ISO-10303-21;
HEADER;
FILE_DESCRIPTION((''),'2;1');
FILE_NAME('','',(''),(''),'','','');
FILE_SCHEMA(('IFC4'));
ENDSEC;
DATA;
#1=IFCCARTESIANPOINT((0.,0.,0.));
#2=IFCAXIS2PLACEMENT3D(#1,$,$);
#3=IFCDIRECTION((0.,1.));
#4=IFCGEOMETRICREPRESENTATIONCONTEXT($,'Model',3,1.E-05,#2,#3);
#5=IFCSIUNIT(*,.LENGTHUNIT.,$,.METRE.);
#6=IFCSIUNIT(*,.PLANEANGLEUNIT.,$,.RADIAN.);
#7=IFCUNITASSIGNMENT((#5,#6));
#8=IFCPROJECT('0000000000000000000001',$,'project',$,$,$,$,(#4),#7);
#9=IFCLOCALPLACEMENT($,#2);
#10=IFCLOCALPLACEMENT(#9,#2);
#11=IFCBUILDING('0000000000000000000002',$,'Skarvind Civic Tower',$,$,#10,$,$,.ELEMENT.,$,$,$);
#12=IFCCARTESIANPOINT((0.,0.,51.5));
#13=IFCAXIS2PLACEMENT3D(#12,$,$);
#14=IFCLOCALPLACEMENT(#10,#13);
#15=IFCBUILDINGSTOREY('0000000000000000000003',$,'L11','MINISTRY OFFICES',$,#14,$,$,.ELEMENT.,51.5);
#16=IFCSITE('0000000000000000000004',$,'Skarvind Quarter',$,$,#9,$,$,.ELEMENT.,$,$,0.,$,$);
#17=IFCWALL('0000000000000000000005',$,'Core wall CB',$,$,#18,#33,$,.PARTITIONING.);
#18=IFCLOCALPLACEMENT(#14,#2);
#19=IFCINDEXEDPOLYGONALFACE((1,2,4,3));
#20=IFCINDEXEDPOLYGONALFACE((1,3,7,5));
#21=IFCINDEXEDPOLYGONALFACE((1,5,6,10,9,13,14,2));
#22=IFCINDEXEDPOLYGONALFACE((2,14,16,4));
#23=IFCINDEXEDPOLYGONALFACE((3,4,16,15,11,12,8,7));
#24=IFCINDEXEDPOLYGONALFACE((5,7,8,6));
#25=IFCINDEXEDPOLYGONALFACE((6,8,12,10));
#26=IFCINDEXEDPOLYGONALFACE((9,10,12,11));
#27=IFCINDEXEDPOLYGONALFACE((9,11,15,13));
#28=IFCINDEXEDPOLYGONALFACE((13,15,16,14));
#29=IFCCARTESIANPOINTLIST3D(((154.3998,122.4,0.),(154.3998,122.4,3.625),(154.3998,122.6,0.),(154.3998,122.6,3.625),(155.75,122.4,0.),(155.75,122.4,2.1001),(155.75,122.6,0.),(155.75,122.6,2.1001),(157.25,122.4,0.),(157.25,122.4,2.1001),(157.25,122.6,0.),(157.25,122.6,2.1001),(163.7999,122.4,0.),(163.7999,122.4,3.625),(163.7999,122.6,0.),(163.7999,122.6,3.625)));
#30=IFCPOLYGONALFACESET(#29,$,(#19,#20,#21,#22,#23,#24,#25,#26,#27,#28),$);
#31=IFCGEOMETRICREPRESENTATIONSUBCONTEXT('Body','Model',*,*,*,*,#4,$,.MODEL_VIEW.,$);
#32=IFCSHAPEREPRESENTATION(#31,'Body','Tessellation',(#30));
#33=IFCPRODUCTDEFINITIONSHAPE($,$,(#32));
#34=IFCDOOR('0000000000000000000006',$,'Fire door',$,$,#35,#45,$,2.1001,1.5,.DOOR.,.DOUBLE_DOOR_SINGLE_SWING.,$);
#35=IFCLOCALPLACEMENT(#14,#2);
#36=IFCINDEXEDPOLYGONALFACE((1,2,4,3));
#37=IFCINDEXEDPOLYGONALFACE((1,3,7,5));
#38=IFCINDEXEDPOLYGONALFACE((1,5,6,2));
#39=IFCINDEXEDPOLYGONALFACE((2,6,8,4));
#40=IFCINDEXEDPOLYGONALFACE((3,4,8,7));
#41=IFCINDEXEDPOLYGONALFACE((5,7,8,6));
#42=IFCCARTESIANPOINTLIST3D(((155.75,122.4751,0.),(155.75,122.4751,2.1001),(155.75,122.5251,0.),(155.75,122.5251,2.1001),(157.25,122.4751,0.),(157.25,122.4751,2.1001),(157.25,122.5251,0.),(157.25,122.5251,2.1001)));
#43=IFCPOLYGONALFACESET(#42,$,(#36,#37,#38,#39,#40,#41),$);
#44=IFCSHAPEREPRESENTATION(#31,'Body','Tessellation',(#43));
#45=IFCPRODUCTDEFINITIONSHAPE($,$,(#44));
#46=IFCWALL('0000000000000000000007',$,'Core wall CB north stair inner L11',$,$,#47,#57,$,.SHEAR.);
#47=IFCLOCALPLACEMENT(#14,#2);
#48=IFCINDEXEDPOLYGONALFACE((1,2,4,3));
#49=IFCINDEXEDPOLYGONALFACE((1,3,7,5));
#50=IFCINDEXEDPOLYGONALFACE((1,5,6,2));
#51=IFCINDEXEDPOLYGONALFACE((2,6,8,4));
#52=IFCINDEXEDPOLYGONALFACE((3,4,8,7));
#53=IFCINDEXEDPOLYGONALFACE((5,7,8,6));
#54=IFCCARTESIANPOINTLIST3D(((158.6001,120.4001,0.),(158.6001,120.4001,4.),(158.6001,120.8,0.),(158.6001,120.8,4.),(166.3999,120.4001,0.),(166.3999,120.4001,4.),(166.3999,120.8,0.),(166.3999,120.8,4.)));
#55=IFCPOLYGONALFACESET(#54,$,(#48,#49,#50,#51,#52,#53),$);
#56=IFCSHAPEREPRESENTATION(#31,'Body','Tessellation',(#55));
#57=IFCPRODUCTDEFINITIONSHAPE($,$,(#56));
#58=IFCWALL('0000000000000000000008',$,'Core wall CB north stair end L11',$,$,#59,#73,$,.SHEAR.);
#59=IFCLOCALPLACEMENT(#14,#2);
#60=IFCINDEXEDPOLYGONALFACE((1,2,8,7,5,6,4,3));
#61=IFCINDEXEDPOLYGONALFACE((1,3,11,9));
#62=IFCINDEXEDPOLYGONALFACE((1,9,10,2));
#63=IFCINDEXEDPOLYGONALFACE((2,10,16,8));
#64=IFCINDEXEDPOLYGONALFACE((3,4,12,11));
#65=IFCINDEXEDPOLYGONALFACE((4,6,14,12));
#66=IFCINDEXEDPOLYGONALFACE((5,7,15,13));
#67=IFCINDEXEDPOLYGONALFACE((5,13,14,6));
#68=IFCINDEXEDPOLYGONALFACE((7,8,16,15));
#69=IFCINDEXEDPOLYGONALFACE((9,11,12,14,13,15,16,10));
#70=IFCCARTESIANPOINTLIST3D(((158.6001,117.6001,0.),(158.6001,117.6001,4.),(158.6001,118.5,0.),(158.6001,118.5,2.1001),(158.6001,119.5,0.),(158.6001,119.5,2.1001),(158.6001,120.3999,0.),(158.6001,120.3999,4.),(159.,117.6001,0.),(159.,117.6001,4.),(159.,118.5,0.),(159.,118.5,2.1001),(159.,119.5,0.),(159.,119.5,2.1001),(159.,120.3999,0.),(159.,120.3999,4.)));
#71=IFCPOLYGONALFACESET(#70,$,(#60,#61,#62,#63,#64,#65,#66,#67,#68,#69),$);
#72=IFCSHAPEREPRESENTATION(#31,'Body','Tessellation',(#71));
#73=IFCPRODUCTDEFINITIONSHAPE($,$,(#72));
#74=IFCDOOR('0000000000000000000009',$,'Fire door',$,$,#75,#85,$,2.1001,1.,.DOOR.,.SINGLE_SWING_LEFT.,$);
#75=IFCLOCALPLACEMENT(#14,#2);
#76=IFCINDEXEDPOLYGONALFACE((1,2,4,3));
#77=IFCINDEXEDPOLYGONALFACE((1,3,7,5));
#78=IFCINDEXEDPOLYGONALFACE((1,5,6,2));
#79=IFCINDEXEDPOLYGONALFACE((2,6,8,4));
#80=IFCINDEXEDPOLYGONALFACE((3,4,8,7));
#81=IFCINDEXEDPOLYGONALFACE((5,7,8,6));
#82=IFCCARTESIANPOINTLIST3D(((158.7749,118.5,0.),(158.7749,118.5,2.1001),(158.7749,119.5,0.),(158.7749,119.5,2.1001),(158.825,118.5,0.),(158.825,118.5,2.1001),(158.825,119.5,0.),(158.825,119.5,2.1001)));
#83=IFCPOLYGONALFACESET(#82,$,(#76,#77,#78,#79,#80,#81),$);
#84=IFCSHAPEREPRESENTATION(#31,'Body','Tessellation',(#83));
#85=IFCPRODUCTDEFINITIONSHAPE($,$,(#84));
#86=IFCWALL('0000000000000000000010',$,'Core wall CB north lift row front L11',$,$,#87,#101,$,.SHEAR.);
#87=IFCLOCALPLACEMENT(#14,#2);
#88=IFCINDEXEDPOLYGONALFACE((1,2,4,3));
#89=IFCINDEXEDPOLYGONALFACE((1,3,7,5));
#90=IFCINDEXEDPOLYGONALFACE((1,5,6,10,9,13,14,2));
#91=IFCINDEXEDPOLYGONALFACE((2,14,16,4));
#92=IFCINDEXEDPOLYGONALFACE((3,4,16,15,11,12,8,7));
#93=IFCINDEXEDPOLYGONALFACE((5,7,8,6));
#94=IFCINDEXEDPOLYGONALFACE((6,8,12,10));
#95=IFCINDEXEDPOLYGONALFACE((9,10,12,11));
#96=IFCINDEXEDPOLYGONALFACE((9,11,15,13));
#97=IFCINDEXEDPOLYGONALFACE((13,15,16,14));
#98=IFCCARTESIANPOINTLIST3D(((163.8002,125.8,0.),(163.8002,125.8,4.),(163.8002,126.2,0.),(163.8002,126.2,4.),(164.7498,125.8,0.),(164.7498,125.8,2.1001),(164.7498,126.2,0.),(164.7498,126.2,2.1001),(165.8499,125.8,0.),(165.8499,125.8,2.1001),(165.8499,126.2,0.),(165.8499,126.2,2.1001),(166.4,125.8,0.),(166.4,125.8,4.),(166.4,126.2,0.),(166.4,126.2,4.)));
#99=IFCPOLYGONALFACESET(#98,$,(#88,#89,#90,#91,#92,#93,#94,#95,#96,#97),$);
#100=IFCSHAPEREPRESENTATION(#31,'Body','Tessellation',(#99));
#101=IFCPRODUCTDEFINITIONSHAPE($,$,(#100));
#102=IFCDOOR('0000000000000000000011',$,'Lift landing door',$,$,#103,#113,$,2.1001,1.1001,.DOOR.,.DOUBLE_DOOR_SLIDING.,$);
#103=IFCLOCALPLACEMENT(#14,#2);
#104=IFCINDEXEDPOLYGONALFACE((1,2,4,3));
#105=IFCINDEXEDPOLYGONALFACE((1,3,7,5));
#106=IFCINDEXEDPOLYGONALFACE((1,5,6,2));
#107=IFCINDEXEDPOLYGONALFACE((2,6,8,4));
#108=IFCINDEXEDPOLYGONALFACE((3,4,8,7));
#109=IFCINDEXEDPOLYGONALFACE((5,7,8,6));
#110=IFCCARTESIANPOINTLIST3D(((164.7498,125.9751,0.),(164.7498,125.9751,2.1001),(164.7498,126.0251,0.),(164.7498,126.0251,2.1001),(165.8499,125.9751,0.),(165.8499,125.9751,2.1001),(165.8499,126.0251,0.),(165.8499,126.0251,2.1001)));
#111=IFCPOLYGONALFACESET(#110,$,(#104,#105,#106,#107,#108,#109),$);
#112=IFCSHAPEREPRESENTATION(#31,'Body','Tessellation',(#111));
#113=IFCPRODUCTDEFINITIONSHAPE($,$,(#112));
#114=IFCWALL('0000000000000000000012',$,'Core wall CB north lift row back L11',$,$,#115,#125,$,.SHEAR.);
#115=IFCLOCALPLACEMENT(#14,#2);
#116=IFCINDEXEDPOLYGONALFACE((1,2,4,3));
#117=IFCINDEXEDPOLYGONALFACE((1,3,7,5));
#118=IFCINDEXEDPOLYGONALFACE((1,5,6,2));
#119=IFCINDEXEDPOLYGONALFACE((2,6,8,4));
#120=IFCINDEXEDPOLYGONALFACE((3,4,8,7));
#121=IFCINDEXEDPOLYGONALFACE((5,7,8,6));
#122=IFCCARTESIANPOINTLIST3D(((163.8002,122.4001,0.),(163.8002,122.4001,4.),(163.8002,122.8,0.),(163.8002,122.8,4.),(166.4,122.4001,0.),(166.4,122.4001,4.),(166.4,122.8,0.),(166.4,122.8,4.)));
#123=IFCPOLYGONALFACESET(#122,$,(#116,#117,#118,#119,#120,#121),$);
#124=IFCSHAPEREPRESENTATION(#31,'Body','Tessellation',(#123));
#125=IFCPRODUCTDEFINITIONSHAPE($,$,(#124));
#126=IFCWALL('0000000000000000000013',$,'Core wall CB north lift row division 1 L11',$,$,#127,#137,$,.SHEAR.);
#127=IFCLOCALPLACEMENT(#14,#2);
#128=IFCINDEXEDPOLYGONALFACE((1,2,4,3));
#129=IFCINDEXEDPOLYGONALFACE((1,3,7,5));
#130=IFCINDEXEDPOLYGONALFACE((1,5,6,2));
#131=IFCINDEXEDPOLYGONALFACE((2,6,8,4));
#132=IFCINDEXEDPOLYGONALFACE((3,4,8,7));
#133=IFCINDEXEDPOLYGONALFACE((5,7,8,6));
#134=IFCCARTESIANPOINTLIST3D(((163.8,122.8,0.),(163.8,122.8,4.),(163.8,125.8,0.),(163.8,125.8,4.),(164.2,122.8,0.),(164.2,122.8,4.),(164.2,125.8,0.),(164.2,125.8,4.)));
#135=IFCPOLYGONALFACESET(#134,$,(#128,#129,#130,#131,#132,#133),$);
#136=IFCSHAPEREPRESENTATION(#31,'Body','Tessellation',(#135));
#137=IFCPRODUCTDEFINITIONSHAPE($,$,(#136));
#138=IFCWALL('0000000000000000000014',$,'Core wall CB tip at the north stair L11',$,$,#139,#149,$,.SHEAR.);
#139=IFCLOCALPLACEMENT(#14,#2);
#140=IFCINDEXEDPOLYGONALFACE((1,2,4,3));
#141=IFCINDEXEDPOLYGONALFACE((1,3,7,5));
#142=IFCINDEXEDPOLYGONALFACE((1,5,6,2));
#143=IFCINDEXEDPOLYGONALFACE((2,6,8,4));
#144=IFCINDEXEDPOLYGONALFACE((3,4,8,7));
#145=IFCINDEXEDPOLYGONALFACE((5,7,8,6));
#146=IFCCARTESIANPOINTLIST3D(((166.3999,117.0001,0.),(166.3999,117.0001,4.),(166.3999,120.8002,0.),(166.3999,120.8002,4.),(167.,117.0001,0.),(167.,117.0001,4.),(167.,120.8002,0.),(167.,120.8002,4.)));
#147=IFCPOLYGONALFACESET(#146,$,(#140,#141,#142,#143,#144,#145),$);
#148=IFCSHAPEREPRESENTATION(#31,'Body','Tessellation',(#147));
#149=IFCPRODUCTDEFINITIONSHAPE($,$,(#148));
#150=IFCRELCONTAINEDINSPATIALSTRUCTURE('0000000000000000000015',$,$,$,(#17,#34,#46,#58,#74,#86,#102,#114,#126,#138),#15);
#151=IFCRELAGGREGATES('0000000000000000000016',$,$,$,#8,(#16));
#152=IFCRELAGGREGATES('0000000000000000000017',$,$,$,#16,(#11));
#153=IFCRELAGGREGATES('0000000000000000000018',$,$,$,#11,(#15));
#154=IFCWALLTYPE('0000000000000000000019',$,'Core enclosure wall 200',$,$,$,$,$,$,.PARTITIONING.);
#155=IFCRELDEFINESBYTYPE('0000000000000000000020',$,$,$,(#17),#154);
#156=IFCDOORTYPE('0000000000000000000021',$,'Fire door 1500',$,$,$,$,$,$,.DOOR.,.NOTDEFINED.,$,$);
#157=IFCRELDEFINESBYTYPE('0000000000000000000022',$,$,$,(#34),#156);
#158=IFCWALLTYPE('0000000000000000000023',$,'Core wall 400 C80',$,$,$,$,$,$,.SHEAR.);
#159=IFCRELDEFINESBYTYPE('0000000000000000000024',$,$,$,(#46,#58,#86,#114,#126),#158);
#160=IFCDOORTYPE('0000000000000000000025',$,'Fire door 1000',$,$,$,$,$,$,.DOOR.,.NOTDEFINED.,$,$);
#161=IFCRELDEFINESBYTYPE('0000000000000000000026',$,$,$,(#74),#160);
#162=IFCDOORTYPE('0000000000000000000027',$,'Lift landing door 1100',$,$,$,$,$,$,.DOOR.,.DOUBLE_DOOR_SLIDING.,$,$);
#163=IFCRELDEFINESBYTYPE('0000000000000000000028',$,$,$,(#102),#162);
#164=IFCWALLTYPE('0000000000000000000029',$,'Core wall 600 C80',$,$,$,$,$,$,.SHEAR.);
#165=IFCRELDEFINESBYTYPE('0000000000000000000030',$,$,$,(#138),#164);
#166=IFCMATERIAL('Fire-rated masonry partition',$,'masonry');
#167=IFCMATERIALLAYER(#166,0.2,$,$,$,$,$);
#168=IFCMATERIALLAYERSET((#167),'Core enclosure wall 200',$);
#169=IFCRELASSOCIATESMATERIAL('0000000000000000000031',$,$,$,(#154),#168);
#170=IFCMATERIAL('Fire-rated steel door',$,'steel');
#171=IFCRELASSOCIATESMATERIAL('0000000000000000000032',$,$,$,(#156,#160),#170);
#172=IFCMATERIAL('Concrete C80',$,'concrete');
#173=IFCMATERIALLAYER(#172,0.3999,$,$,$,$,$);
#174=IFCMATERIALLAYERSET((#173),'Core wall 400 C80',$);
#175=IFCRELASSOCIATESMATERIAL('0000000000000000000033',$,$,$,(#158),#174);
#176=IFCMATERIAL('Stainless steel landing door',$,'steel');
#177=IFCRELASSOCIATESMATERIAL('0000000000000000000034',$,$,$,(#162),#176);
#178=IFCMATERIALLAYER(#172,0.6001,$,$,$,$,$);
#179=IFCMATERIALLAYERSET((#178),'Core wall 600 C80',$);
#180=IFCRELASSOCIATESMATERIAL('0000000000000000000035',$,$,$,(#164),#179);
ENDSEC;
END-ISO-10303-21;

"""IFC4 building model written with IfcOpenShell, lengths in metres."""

from ifc_helpers import new_model, si_unit, direction, frame, frame_2d, origin, place, context, subcontext, project, spatial, rectangle, extrude, material, layer, layer_set, type_object, element, fill, save


model = new_model("IFC4")

# Units and contexts
model_context = context("Model", 3, precision=1e-05, world=origin(), true_north=direction((0.0, 1.0)))
body_context = subcontext(model_context, "Body", "Model", "MODEL_VIEW")
ifc_project = project(units=[si_unit("LENGTHUNIT", "METRE"), si_unit("PLANEANGLEUNIT", "RADIAN")], contexts=[model_context])

# Site, building, storey
site_placement = place(None, origin())
site = spatial("IfcSite", under=ifc_project, at=site_placement, Name="Skarvind Quarter", CompositionType="ELEMENT", RefElevation=0.0)
building_placement = place(site_placement, origin())
building = spatial("IfcBuilding", under=site, at=building_placement, Name="Skarvind Civic Tower", CompositionType="ELEMENT")
storey_placement = place(building_placement, frame((0.0, 0.0, 51.5)))
storey = spatial("IfcBuildingStorey", under=building, at=storey_placement, Name="L11", Description="MINISTRY OFFICES", CompositionType="ELEMENT", Elevation=51.5)

# Wall, opening, door
ifc_material_1 = material(Name="Fire-rated masonry partition", Category="masonry")
ifc_layer_1 = layer(ifc_material_1, 0.2)
ifc_layer_set_1 = layer_set([ifc_layer_1], Name="Core enclosure wall 200")
wall_type_1 = type_object("IfcWallType", Name="Core enclosure wall 200", PredefinedType="PARTITIONING", material=ifc_layer_set_1)
wall_1_placement = place(storey_placement, frame((163.8, 122.5, 0.0), z_axis=(0.0, 0.0, 1.0), x_axis=(-1.0, 0.0, 0.0)))
wall_1 = element("IfcWall", 1, at=wall_1_placement, inside=storey, type_object=wall_type_1, Name="Core wall CB", PredefinedType="PARTITIONING", context=body_context, shape_type="SweptSolid", body=[
    extrude(rectangle(XDim=9.4001, YDim=0.2, at=frame_2d((4.7002, 0.0))), origin(), (0.0, 0.0, 1.0), 3.625),
])
opening_1_placement = place(wall_1_placement, frame((6.55, 0.0, 0.0)))
opening_1 = element("IfcOpeningElement", 2, at=opening_1_placement, cuts=wall_1, PredefinedType="OPENING", context=body_context, shape_type="SweptSolid", body=[
    extrude(rectangle(XDim=1.5, YDim=2.1001, at=frame_2d((0.75, 1.05))), frame((0.0, 0.1099, 0.0), z_axis=(0.0, -1.0, 0.0), x_axis=(1.0, 0.0, 0.0)), (0.0, 0.0, 1.0), 0.22),
])
ifc_material_2 = material(Name="Fire-rated steel door", Category="steel")
door_type_1 = type_object("IfcDoorType", Name="Fire door 1500", OperationType="NOTDEFINED", PredefinedType="DOOR", material=ifc_material_2)
door_1_placement = place(opening_1_placement, origin())
door_1 = element("IfcDoor", 3, at=door_1_placement, inside=storey, type_object=door_type_1, Name="Fire door", OperationType="DOUBLE_DOOR_SINGLE_SWING", OverallHeight=2.1001, OverallWidth=1.5, PredefinedType="DOOR", context=body_context, shape_type="SweptSolid", body=[
    extrude(rectangle(XDim=1.5, YDim=2.1001, at=frame_2d((0.75, 1.05))), frame((0.0, 0.0249, 0.0), z_axis=(0.0, -1.0, 0.0), x_axis=(1.0, 0.0, 0.0)), (0.0, 0.0, 1.0), 0.05),
])
fill(opening_1, door_1)

# Wall
ifc_material_3 = material(Name="Concrete C80", Category="concrete")
ifc_layer_2 = layer(ifc_material_3, 0.3999)
ifc_layer_set_2 = layer_set([ifc_layer_2], Name="Core wall 400 C80")
wall_type_2 = type_object("IfcWallType", Name="Core wall 400 C80", PredefinedType="SHEAR", material=ifc_layer_set_2)
wall_2_placement = place(storey_placement, frame((166.3999, 120.6001, 0.0), z_axis=(0.0, 0.0, 1.0), x_axis=(-1.0, 0.0, 0.0)))
element("IfcWall", 4, at=wall_2_placement, inside=storey, type_object=wall_type_2, Name="Core wall CB north stair inner L11", PredefinedType="SHEAR", context=body_context, shape_type="SweptSolid", body=[
    extrude(rectangle(XDim=7.7998, YDim=0.3999, at=frame_2d((3.8999, 0.0))), origin(), (0.0, 0.0, 1.0), 4.0),
])

# Walls, openings, doors
wall_3_placement = place(storey_placement, frame((158.8, 120.3999, 0.0), z_axis=(0.0, 0.0, 1.0), x_axis=(0.0, -1.0, 0.0)))
wall_3 = element("IfcWall", 5, at=wall_3_placement, inside=storey, type_object=wall_type_2, Name="Core wall CB north stair end L11", PredefinedType="SHEAR", context=body_context, shape_type="SweptSolid", body=[
    extrude(rectangle(XDim=2.7998, YDim=0.3999, at=frame_2d((1.3999, 0.0))), origin(), (0.0, 0.0, 1.0), 4.0),
])
opening_2_placement = place(wall_3_placement, frame((0.8999, 0.0, 0.0)))
opening_2 = element("IfcOpeningElement", 6, at=opening_2_placement, cuts=wall_3, PredefinedType="OPENING", context=body_context, shape_type="SweptSolid", body=[
    extrude(rectangle(XDim=1.0, YDim=2.1001, at=frame_2d((0.5, 1.05))), frame((0.0, 0.21, 0.0), z_axis=(0.0, -1.0, 0.0), x_axis=(1.0, 0.0, 0.0)), (0.0, 0.0, 1.0), 0.4199),
])
door_type_2 = type_object("IfcDoorType", Name="Fire door 1000", OperationType="NOTDEFINED", PredefinedType="DOOR", material=ifc_material_2)
door_2_placement = place(opening_2_placement, origin())
door_2 = element("IfcDoor", 7, at=door_2_placement, inside=storey, type_object=door_type_2, Name="Fire door", OperationType="SINGLE_SWING_LEFT", OverallHeight=2.1001, OverallWidth=1.0, PredefinedType="DOOR", context=body_context, shape_type="SweptSolid", body=[
    extrude(rectangle(XDim=1.0, YDim=2.1001, at=frame_2d((0.5, 1.05))), frame((0.0, 0.0249, 0.0), z_axis=(0.0, -1.0, 0.0), x_axis=(1.0, 0.0, 0.0)), (0.0, 0.0, 1.0), 0.05),
])
fill(opening_2, door_2)
wall_4_placement = place(storey_placement, frame((166.3999, 126.0, 0.0), z_axis=(0.0, 0.0, 1.0), x_axis=(-1.0, 0.0, 0.0)))
wall_4 = element("IfcWall", 8, at=wall_4_placement, inside=storey, type_object=wall_type_2, Name="Core wall CB north lift row front L11", PredefinedType="SHEAR", context=body_context, shape_type="SweptSolid", body=[
    extrude(rectangle(XDim=2.5999, YDim=0.3999, at=frame_2d((1.2998, 0.0))), origin(), (0.0, 0.0, 1.0), 4.0),
])
opening_3_placement = place(wall_4_placement, frame((0.55, 0.0, 0.0)))
opening_3 = element("IfcOpeningElement", 9, at=opening_3_placement, cuts=wall_4, PredefinedType="OPENING", context=body_context, shape_type="SweptSolid", body=[
    extrude(rectangle(XDim=1.1001, YDim=2.1001, at=frame_2d((0.55, 1.05))), frame((0.0, 0.21, 0.0), z_axis=(0.0, -1.0, 0.0), x_axis=(1.0, 0.0, 0.0)), (0.0, 0.0, 1.0), 0.4199),
])
ifc_material_4 = material(Name="Stainless steel landing door", Category="steel")
door_type_3 = type_object("IfcDoorType", Name="Lift landing door 1100", OperationType="DOUBLE_DOOR_SLIDING", PredefinedType="DOOR", material=ifc_material_4)
door_3_placement = place(opening_3_placement, origin())
door_3 = element("IfcDoor", 10, at=door_3_placement, inside=storey, type_object=door_type_3, Name="Lift landing door", OperationType="DOUBLE_DOOR_SLIDING", OverallHeight=2.1001, OverallWidth=1.1001, PredefinedType="DOOR", context=body_context, shape_type="SweptSolid", body=[
    extrude(rectangle(XDim=1.1001, YDim=2.1001, at=frame_2d((0.55, 1.05))), frame((0.0, 0.0249, 0.0), z_axis=(0.0, -1.0, 0.0), x_axis=(1.0, 0.0, 0.0)), (0.0, 0.0, 1.0), 0.05),
])
fill(opening_3, door_3)

# Walls
wall_5_placement = place(storey_placement, frame((166.3999, 122.6001, 0.0), z_axis=(0.0, 0.0, 1.0), x_axis=(-1.0, 0.0, 0.0)))
element("IfcWall", 11, at=wall_5_placement, inside=storey, type_object=wall_type_2, Name="Core wall CB north lift row back L11", PredefinedType="SHEAR", context=body_context, shape_type="SweptSolid", body=[
    extrude(rectangle(XDim=2.5999, YDim=0.3999, at=frame_2d((1.2998, 0.0))), origin(), (0.0, 0.0, 1.0), 4.0),
])
wall_6_placement = place(storey_placement, frame((164.0, 125.8, 0.0), z_axis=(0.0, 0.0, 1.0), x_axis=(0.0, -1.0, 0.0)))
element("IfcWall", 12, at=wall_6_placement, inside=storey, type_object=wall_type_2, Name="Core wall CB north lift row division 1 L11", PredefinedType="SHEAR", context=body_context, shape_type="SweptSolid", body=[
    extrude(rectangle(XDim=3.0, YDim=0.3999, at=frame_2d((1.5, 0.0))), origin(), (0.0, 0.0, 1.0), 4.0),
])
ifc_layer_3 = layer(ifc_material_3, 0.6001)
ifc_layer_set_3 = layer_set([ifc_layer_3], Name="Core wall 600 C80")
wall_type_3 = type_object("IfcWallType", Name="Core wall 600 C80", PredefinedType="SHEAR", material=ifc_layer_set_3)
wall_7_placement = place(storey_placement, frame((166.7, 120.8, 0.0), z_axis=(0.0, 0.0, 1.0), x_axis=(0.0, -1.0, 0.0)))
element("IfcWall", 13, at=wall_7_placement, inside=storey, type_object=wall_type_3, Name="Core wall CB tip at the north stair L11", PredefinedType="SHEAR", context=body_context, shape_type="SweptSolid", body=[
    extrude(rectangle(XDim=3.8, YDim=0.6001, at=frame_2d((1.8999, 0.0))), origin(), (0.0, 0.0, 1.0), 4.0),
])

save(model, "model.ifc")
